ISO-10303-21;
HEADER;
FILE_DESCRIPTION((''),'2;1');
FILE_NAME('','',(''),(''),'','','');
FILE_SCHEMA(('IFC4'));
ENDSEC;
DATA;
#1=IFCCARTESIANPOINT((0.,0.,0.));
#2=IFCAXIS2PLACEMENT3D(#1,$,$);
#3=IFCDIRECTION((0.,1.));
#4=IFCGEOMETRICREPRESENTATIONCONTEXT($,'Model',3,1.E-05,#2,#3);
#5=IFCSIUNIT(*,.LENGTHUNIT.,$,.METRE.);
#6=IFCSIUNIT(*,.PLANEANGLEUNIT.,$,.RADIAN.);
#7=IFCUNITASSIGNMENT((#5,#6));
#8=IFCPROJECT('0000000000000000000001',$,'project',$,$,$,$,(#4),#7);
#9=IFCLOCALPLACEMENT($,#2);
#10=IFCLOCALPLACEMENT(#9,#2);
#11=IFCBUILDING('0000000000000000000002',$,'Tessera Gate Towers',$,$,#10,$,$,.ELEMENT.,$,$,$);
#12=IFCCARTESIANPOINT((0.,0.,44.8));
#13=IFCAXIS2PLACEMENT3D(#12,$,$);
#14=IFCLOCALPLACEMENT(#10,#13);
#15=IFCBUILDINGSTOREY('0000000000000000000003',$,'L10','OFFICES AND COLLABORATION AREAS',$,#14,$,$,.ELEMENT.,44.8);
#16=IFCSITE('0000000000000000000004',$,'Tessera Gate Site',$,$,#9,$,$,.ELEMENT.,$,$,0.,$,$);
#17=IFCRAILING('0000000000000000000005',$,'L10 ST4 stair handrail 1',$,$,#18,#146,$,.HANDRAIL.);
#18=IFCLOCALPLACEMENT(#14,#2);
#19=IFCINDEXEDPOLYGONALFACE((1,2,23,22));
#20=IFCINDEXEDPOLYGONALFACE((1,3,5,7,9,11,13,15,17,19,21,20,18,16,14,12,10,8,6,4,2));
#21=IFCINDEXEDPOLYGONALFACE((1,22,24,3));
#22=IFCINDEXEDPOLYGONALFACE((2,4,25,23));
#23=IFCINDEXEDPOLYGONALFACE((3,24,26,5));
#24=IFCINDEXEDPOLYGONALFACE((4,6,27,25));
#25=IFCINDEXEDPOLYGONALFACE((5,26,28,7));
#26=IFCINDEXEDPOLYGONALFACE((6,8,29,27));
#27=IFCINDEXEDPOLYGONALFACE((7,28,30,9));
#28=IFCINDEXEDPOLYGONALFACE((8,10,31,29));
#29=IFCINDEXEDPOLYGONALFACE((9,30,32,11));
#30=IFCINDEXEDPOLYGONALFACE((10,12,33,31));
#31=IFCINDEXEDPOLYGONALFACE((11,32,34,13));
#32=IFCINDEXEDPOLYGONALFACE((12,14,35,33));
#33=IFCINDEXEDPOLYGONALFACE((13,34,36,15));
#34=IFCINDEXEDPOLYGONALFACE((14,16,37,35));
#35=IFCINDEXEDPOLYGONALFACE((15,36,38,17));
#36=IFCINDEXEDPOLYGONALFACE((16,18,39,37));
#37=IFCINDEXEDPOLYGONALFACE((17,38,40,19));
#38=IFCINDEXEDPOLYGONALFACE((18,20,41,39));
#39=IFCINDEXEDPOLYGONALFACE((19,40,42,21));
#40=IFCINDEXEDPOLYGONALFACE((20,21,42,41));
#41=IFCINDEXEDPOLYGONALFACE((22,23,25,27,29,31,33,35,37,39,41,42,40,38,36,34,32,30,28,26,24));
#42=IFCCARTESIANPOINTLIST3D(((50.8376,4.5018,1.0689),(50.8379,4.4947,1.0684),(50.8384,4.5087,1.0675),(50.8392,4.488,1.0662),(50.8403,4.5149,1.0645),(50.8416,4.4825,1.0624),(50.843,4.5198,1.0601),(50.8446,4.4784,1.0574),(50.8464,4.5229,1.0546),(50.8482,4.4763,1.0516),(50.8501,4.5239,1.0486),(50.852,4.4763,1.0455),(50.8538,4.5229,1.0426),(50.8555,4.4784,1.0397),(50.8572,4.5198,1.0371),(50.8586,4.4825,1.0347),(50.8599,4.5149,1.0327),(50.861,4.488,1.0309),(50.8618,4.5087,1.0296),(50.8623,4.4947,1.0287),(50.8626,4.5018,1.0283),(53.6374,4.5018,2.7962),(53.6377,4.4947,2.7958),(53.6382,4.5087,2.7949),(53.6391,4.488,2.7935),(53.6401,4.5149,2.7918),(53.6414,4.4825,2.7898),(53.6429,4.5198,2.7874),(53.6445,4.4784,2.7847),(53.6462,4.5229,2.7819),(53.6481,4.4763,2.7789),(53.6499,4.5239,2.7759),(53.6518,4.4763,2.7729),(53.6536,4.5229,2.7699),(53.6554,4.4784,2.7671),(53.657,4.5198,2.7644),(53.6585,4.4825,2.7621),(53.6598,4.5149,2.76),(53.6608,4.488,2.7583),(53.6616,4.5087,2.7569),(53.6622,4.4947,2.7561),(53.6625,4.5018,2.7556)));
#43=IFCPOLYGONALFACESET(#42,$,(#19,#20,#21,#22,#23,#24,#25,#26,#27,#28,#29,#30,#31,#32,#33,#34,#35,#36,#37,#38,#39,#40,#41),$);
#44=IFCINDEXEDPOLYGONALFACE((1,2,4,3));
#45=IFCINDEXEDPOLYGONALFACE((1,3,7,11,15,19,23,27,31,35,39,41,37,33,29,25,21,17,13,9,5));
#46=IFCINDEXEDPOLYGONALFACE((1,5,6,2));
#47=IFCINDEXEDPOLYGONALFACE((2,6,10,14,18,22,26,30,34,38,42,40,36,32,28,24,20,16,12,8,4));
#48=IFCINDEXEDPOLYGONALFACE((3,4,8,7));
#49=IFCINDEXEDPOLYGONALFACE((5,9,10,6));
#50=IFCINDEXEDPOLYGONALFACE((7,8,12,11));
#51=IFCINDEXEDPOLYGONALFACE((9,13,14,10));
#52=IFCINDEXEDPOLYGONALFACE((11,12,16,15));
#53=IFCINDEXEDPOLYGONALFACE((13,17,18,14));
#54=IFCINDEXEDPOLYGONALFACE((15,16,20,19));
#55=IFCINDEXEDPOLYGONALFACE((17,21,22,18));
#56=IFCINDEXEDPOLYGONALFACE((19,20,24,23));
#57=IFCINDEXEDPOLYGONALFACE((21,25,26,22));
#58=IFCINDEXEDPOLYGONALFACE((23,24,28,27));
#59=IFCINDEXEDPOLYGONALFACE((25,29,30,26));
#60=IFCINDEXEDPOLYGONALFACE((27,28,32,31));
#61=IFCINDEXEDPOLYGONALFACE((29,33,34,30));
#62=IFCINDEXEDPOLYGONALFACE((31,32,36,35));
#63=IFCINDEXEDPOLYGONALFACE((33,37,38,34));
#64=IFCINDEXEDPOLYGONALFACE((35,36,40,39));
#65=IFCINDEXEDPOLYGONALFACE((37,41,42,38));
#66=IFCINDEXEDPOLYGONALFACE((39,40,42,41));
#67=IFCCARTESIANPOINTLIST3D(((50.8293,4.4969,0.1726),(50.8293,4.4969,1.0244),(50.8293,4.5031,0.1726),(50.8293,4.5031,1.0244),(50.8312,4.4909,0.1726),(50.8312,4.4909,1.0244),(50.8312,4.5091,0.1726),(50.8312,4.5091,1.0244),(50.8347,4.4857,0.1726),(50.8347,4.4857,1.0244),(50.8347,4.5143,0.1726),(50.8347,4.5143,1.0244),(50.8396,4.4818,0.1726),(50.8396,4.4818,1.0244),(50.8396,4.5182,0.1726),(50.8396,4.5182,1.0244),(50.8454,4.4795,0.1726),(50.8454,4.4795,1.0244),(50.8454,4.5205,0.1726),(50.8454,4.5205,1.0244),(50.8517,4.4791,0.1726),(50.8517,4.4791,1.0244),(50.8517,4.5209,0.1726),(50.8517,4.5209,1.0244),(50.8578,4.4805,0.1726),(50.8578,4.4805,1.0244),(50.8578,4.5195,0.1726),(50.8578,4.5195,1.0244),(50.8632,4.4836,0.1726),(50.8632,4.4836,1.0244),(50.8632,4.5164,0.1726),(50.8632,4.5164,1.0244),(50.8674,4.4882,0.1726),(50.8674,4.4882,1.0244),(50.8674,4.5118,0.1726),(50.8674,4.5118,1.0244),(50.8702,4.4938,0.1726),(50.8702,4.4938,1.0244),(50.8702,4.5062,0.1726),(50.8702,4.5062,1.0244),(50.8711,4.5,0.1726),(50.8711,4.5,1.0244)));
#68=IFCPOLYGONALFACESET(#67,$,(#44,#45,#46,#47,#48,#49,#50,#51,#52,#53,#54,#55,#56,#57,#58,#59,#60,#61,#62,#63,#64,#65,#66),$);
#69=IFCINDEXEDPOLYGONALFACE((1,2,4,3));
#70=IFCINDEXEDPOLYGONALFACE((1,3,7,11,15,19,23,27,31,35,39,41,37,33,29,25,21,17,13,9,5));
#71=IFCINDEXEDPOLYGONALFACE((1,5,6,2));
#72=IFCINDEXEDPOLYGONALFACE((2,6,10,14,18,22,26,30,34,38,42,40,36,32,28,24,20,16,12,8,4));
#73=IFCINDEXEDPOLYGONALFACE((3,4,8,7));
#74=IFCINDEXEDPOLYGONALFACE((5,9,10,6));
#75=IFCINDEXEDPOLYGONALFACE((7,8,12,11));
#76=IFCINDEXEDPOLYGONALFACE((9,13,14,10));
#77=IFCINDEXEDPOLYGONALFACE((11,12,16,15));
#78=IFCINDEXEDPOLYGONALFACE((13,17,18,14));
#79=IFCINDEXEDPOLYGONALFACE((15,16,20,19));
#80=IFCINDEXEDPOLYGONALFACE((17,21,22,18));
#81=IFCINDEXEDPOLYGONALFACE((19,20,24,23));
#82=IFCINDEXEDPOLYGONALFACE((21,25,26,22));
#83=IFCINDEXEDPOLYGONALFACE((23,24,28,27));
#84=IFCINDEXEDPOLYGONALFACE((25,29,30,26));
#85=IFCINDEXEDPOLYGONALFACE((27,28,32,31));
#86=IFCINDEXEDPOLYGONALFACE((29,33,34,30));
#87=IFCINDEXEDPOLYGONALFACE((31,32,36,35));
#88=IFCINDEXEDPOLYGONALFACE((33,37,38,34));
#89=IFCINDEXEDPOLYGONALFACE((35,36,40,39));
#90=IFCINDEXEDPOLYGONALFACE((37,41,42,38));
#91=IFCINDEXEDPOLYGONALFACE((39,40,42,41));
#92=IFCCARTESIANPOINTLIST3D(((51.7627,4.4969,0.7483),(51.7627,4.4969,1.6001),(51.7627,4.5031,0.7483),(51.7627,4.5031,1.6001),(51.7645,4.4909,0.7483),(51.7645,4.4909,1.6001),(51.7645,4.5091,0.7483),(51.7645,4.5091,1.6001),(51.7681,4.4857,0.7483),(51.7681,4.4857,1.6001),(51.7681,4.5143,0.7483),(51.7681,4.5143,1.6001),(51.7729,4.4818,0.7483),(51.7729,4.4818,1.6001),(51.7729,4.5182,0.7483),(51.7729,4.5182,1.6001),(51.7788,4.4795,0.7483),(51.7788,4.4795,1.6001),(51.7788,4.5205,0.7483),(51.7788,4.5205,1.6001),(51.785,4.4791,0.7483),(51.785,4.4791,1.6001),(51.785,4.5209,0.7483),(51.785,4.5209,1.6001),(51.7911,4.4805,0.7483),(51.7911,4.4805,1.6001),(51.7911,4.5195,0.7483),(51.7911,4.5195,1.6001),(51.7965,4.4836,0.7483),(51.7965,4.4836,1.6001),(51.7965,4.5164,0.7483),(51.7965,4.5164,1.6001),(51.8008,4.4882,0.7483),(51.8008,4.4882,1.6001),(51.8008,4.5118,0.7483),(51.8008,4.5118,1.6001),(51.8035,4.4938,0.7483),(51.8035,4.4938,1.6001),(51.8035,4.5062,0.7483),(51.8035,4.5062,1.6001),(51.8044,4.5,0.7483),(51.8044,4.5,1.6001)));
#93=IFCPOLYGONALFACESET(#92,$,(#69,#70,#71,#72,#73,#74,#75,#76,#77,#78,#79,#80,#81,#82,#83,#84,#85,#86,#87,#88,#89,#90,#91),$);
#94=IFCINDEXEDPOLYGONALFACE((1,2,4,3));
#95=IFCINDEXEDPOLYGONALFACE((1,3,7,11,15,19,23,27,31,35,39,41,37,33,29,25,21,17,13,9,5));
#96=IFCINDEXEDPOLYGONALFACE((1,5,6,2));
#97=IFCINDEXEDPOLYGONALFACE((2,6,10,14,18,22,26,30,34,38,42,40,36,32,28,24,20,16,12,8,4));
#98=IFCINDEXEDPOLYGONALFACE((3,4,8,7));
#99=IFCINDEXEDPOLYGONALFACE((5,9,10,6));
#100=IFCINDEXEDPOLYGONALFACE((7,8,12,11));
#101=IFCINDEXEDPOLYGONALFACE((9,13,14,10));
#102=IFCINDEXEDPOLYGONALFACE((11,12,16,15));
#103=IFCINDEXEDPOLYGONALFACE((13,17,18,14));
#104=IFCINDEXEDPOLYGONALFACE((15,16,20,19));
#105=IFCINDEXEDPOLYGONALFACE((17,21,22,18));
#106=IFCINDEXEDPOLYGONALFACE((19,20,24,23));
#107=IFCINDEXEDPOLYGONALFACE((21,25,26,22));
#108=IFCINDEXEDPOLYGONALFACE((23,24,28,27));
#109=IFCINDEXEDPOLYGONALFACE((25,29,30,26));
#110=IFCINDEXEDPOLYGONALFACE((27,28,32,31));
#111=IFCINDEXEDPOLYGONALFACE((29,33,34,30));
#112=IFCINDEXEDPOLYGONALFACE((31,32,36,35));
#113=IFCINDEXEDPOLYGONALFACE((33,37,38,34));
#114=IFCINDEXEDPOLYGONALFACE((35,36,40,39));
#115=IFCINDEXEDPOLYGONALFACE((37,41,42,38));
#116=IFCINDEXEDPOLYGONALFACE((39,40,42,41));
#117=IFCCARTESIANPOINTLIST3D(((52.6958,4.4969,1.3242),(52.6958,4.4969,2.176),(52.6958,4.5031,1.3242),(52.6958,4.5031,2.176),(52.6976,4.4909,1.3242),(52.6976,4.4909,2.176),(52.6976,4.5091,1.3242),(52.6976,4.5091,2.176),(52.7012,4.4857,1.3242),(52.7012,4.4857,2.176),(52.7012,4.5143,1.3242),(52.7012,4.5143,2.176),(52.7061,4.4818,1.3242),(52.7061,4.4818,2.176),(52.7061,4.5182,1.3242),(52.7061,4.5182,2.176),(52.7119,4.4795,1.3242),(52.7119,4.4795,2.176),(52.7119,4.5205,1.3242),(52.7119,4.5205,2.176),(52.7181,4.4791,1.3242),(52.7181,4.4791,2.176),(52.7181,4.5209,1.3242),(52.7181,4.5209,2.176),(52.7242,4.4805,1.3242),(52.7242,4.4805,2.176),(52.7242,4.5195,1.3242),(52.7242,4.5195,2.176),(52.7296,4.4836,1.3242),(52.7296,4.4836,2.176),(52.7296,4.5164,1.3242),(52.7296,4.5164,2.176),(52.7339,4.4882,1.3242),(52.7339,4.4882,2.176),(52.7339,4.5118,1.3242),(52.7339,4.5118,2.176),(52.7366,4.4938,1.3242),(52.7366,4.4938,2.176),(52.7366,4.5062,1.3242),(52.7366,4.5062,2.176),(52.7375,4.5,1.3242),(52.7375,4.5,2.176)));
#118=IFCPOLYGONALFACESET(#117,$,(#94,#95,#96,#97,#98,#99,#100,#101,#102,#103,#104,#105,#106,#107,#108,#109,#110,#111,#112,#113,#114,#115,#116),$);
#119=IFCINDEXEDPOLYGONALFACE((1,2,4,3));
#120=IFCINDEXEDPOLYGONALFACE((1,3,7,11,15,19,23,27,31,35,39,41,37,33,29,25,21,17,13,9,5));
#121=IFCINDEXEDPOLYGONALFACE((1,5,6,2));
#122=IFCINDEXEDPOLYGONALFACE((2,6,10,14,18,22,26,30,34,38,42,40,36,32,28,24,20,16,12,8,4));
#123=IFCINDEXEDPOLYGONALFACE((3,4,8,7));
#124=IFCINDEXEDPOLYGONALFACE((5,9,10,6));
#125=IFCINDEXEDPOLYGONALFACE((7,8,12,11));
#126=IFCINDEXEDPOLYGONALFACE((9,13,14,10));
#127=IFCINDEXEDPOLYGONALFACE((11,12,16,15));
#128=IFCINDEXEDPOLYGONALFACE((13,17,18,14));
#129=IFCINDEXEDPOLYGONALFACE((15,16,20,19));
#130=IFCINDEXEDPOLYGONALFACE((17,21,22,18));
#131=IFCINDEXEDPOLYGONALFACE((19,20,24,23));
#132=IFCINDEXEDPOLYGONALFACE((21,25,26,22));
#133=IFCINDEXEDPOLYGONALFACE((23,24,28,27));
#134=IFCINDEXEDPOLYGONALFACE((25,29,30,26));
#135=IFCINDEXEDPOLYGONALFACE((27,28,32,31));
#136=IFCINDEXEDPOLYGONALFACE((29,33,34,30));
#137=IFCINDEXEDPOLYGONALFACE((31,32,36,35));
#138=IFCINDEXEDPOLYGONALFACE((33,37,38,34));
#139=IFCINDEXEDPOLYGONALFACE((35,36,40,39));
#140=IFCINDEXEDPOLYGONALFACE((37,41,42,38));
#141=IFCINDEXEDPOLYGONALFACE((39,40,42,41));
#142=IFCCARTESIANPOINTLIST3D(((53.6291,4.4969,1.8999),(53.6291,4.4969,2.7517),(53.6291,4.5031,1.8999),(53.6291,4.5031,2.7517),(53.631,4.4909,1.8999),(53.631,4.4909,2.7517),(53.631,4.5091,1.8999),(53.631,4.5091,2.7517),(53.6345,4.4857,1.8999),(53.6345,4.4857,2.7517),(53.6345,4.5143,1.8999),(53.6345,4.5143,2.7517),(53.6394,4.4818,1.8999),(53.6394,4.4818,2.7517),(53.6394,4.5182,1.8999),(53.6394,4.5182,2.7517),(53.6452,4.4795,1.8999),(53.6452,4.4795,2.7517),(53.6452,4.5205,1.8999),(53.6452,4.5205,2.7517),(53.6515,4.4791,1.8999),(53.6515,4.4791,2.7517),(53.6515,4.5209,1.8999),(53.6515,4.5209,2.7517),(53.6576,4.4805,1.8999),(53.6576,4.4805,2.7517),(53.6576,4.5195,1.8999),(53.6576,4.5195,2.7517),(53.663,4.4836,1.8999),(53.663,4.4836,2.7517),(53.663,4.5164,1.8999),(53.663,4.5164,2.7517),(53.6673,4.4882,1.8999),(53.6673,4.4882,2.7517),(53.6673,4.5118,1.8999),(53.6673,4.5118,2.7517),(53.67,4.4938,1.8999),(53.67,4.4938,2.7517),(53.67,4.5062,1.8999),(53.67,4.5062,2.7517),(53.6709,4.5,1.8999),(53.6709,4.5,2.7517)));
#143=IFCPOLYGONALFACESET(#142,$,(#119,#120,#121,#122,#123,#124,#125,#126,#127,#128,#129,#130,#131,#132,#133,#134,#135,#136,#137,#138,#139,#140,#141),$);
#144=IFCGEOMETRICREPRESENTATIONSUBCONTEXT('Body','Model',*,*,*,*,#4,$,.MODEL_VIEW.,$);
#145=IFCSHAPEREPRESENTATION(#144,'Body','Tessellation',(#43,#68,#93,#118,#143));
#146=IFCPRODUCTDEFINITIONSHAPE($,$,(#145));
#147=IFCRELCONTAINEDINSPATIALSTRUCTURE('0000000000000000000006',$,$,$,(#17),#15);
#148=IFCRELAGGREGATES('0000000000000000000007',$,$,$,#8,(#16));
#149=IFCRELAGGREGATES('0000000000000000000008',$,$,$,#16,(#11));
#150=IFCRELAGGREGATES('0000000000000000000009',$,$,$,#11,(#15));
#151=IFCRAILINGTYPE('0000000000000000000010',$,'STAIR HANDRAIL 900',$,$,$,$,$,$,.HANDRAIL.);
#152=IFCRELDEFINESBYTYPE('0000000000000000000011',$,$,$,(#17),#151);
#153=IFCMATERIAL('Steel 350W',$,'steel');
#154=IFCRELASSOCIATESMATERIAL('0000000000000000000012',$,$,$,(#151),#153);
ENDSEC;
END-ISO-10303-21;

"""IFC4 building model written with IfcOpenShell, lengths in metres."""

from ifc_helpers import new_model, si_unit, direction, frame, origin, origin_2d, place, context, subcontext, project, spatial, circle, extrude, material, type_object, element, save


model = new_model("IFC4")

# Units and contexts
model_context = context("Model", 3, precision=1e-05, world=origin(), true_north=direction((0.0, 1.0)))
body_context = subcontext(model_context, "Body", "Model", "MODEL_VIEW")
ifc_project = project(units=[si_unit("LENGTHUNIT", "METRE"), si_unit("PLANEANGLEUNIT", "RADIAN")], contexts=[model_context])

# Site, building, storey
site_placement = place(None, origin())
site = spatial("IfcSite", under=ifc_project, at=site_placement, Name="Tessera Gate Site", CompositionType="ELEMENT", RefElevation=0.0)
building_placement = place(site_placement, origin())
building = spatial("IfcBuilding", under=site, at=building_placement, Name="Tessera Gate Towers", CompositionType="ELEMENT")
storey_placement = place(building_placement, frame((0.0, 0.0, 44.8)))
storey = spatial("IfcBuildingStorey", under=building, at=storey_placement, Name="L10", Description="OFFICES AND COLLABORATION AREAS", CompositionType="ELEMENT", Elevation=44.8)

# Railing
ifc_material_1 = material(Name="Steel 350W", Category="steel")
railing_type_1 = type_object("IfcRailingType", Name="STAIR HANDRAIL 900", PredefinedType="HANDRAIL", material=ifc_material_1)
railing_1_placement = place(storey_placement, frame((50.8501, 4.5, 0.1726)))
element("IfcRailing", 1, at=railing_1_placement, inside=storey, type_object=railing_type_1, Name="L10 ST4 stair handrail 1", PredefinedType="HANDRAIL", context=body_context, shape_type="SweptSolid", body=[
    extrude(circle(Radius=0.0239, at=origin_2d()), frame((0.0, 0.0, 0.876), z_axis=(0.851069, 0.0, 0.525054), x_axis=(0.0, 1.0, 0.0)), (0.0, 0.0, 1.0), 3.2898),
    extrude(circle(Radius=0.021, at=origin_2d()), origin(), (0.0, 0.0, 1.0), 0.8518),
    extrude(circle(Radius=0.021, at=origin_2d()), frame((0.9333, 0.0, 0.5757)), (0.0, 0.0, 1.0), 0.8518),
    extrude(circle(Radius=0.021, at=origin_2d()), frame((1.8665, 0.0, 1.1516)), (0.0, 0.0, 1.0), 0.8518),
    extrude(circle(Radius=0.021, at=origin_2d()), frame((2.7998, 0.0, 1.7273)), (0.0, 0.0, 1.0), 0.8518),
])

save(model, "model.ifc")
